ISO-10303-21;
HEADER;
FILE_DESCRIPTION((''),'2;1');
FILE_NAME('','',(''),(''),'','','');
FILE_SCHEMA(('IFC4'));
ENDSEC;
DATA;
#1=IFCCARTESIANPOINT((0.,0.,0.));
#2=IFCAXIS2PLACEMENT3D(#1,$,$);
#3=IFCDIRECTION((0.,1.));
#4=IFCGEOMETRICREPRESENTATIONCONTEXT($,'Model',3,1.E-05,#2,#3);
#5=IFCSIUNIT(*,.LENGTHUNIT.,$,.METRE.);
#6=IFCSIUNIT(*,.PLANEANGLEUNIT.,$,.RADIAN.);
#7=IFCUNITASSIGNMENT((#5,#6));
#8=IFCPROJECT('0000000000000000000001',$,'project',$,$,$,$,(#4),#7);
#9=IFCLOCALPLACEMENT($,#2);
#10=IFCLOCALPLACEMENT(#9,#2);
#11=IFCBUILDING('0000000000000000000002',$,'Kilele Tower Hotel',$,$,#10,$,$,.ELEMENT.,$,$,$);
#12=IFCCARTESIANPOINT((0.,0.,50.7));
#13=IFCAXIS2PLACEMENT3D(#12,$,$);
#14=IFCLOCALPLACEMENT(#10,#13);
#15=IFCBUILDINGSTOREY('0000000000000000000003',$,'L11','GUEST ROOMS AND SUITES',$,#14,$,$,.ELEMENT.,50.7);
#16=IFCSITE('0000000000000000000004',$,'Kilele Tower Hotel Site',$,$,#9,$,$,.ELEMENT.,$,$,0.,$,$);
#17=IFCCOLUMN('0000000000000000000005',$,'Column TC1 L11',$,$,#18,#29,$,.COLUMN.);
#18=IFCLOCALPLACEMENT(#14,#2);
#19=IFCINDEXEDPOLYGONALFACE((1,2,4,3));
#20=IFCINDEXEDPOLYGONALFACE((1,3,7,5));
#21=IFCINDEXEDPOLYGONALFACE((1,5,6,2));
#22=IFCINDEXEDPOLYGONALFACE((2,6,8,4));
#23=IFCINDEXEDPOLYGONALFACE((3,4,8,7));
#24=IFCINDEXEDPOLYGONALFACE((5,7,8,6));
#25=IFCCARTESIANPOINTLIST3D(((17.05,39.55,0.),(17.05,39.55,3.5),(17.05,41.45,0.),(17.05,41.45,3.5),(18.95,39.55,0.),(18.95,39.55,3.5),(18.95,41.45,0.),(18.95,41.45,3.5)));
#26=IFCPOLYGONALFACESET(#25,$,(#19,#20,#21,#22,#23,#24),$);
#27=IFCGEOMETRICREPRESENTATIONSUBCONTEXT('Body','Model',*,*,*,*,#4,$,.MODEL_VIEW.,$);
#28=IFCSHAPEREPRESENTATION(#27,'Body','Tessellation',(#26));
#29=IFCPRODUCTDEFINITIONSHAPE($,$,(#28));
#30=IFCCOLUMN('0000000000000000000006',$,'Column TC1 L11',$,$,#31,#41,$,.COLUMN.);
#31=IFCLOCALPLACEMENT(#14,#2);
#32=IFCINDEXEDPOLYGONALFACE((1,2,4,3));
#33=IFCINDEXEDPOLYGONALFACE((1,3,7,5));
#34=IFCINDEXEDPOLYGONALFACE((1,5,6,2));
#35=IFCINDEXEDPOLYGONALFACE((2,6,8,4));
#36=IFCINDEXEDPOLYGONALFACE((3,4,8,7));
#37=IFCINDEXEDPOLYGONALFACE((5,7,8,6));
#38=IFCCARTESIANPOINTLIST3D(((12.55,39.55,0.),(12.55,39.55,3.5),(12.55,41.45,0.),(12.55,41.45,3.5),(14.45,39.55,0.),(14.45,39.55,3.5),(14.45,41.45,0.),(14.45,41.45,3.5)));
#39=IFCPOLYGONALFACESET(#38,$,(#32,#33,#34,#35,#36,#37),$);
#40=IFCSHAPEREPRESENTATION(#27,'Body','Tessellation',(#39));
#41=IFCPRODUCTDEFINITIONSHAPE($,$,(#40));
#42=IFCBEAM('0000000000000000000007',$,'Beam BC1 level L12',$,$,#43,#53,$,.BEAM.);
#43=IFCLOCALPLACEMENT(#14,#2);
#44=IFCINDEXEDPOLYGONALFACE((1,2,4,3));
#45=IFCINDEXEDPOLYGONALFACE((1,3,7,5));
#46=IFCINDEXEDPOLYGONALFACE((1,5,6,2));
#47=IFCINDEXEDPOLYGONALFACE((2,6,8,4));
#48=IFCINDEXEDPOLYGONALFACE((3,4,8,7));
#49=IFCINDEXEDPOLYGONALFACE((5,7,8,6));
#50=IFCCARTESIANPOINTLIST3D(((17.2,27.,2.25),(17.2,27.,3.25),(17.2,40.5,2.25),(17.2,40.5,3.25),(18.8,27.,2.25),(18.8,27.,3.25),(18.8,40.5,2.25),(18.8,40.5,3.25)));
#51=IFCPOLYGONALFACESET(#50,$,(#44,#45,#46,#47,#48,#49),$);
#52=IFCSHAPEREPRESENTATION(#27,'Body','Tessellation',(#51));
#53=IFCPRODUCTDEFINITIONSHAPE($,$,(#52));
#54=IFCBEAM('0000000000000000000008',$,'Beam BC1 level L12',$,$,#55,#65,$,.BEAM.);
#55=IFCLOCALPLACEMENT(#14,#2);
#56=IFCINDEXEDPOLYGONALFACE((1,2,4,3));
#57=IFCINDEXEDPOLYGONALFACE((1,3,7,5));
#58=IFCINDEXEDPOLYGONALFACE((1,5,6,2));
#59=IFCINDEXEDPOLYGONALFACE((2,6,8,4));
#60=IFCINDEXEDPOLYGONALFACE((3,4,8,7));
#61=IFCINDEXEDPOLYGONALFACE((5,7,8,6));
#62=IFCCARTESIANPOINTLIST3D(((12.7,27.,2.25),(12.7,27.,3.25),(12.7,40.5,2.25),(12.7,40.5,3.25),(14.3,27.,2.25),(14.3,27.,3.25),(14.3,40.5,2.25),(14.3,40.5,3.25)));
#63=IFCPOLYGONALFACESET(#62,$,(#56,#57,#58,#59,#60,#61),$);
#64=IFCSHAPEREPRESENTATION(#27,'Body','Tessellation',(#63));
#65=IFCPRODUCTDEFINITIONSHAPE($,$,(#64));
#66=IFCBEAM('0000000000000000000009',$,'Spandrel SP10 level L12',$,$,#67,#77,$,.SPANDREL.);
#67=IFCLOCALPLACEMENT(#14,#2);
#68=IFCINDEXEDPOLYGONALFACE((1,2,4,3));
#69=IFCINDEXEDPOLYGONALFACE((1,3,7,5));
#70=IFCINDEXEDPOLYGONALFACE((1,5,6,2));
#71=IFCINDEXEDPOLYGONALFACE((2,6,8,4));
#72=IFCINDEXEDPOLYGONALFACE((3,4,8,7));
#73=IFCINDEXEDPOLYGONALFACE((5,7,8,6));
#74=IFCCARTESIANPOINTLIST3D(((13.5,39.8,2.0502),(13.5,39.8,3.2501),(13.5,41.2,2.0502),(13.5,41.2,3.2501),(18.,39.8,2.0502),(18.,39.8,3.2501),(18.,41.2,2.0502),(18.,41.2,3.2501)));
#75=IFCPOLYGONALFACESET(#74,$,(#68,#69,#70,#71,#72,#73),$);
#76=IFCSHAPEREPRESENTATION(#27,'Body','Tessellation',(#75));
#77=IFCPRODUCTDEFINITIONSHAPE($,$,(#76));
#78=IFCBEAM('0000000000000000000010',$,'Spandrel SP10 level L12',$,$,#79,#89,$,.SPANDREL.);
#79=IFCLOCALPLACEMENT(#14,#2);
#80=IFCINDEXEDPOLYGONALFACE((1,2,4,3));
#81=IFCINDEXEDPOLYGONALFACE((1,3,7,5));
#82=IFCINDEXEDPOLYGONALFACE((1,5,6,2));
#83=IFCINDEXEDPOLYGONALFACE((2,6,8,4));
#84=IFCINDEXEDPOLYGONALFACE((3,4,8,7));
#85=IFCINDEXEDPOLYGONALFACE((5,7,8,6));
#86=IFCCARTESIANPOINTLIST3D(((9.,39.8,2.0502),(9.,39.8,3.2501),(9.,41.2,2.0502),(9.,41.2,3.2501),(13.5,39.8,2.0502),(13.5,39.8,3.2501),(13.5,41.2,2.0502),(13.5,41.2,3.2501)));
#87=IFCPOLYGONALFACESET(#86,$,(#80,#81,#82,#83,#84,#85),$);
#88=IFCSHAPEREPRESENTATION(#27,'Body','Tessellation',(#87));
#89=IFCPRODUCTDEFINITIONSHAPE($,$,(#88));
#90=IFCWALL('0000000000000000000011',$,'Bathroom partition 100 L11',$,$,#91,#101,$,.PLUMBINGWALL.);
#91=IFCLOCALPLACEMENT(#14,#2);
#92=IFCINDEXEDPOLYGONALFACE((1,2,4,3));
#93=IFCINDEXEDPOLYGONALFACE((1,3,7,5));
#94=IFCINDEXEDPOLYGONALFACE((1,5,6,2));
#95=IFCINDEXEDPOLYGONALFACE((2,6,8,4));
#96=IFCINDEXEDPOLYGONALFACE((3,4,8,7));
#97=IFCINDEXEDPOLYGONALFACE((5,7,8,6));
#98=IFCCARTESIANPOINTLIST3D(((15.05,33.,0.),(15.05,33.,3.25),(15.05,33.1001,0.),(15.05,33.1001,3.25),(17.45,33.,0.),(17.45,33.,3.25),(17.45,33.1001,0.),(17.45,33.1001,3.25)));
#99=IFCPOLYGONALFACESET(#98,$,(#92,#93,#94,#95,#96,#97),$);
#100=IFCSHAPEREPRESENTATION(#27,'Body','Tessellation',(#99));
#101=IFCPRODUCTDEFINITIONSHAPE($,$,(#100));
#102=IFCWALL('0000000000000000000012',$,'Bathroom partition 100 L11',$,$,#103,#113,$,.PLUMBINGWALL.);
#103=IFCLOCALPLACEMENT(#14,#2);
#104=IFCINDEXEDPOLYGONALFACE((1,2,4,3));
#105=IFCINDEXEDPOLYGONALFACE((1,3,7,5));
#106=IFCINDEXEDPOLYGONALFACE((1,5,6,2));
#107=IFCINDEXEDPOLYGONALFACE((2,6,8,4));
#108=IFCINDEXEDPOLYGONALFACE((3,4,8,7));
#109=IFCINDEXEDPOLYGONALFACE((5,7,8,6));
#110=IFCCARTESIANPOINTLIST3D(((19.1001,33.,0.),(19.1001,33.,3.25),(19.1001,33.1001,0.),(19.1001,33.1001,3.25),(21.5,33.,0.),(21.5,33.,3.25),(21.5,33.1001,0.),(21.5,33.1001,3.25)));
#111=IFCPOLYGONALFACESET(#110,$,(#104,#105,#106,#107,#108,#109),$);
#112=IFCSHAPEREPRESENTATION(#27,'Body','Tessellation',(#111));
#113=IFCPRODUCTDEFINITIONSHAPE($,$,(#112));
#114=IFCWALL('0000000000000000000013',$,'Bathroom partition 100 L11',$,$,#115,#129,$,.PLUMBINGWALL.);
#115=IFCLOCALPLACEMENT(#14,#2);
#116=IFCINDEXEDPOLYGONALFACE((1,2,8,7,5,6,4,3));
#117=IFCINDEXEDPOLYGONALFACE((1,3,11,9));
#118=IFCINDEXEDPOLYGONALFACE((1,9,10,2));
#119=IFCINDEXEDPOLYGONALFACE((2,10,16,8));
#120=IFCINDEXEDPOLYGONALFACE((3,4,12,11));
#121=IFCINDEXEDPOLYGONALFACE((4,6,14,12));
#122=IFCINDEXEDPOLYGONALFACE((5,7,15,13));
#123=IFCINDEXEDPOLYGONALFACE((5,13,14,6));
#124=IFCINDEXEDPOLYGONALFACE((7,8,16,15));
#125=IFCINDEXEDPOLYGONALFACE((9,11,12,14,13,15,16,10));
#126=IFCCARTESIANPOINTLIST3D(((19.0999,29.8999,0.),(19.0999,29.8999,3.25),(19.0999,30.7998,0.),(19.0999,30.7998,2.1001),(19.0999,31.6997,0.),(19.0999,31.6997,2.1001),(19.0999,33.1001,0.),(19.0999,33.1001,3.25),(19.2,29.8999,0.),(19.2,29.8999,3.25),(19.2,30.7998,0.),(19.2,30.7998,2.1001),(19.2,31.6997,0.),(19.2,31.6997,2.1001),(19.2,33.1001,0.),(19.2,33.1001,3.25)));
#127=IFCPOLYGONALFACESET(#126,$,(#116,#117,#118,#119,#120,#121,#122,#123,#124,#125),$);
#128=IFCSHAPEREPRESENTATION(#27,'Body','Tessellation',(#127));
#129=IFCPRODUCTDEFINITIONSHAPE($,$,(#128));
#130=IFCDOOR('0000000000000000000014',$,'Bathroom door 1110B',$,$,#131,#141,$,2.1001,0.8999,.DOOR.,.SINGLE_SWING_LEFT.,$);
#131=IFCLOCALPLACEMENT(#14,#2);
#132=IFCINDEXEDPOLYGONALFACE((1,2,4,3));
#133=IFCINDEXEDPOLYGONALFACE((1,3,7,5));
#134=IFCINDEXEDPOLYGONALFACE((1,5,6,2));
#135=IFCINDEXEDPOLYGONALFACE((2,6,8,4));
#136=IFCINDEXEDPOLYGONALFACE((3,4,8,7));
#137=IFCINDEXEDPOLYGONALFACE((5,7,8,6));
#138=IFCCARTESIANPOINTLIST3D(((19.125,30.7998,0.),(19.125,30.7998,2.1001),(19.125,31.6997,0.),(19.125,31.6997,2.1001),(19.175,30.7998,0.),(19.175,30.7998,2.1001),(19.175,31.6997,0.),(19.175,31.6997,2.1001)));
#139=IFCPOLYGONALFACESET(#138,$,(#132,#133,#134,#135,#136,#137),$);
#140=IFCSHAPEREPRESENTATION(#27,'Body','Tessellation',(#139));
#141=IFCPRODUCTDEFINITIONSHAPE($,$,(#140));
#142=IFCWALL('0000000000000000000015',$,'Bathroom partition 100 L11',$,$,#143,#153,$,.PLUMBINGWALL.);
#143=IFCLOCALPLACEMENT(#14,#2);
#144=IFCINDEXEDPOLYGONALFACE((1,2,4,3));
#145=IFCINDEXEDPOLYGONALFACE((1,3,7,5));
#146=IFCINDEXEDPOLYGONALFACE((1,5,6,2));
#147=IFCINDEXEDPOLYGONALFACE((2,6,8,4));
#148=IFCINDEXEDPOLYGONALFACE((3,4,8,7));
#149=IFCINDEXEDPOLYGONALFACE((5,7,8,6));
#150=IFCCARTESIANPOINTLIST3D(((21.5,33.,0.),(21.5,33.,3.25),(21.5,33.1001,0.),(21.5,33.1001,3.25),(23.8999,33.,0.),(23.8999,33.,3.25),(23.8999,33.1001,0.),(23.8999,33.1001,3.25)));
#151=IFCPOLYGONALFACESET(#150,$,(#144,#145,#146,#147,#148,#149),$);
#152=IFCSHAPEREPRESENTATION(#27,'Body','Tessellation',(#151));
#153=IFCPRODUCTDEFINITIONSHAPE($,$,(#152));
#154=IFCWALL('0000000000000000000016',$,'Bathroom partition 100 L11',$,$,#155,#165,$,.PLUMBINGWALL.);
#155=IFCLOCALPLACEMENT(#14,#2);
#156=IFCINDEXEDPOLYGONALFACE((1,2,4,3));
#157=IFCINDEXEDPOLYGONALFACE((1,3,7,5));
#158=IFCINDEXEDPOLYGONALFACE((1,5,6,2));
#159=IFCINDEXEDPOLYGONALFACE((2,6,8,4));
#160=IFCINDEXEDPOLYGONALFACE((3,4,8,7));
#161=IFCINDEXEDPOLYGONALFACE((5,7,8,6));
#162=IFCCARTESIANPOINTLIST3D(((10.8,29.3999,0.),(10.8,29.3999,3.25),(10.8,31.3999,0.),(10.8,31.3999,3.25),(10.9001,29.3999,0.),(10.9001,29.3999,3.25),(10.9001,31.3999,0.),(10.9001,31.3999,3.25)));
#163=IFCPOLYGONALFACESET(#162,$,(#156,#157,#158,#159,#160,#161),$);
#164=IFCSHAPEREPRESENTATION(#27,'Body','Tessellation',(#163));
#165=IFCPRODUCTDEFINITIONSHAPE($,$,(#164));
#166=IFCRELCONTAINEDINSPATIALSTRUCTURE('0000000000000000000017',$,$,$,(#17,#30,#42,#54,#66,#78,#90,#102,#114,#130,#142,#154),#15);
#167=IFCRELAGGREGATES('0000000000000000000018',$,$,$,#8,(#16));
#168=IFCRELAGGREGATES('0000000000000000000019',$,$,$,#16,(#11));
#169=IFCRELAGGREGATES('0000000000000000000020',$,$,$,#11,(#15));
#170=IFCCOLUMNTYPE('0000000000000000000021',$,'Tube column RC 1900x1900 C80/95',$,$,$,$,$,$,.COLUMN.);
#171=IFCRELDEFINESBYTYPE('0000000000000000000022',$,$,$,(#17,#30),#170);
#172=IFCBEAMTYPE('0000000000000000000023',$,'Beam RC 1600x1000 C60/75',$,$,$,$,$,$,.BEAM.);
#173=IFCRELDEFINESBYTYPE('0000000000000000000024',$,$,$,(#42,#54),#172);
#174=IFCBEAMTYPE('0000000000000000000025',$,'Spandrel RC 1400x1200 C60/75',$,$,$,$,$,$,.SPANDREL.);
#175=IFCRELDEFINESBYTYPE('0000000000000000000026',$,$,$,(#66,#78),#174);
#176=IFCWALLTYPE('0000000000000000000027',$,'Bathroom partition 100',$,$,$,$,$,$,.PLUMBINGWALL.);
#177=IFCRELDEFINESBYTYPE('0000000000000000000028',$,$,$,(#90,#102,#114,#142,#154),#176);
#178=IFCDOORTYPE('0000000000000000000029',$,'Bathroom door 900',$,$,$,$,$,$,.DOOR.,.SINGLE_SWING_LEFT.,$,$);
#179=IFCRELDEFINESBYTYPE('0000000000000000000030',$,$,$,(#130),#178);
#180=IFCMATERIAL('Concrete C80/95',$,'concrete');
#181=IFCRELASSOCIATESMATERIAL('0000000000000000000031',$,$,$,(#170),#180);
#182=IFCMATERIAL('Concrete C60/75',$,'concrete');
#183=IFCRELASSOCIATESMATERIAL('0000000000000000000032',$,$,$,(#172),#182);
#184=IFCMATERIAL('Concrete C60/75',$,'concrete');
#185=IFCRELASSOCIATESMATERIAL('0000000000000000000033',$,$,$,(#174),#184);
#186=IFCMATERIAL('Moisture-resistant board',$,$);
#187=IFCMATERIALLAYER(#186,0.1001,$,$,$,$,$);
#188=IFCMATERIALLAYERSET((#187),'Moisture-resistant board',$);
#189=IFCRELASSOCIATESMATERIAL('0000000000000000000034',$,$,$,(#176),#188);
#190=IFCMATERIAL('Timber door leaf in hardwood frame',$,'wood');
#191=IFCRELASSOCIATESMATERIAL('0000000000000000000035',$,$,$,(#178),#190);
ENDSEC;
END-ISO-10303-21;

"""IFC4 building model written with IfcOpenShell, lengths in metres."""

from ifc_helpers import new_model, si_unit, direction, frame, frame_2d, origin, origin_2d, place, context, subcontext, project, spatial, rectangle, extrude, material, layer, layer_set, material_profile, profile_set, type_object, element, fill, save


model = new_model("IFC4")

# Units and contexts
model_context = context("Model", 3, precision=1e-05, world=origin(), true_north=direction((0.0, 1.0)))
body_context = subcontext(model_context, "Body", "Model", "MODEL_VIEW")
ifc_project = project(units=[si_unit("LENGTHUNIT", "METRE"), si_unit("PLANEANGLEUNIT", "RADIAN")], contexts=[model_context])

# Site, building, storey
site_placement = place(None, origin())
site = spatial("IfcSite", under=ifc_project, at=site_placement, Name="Kilele Tower Hotel Site", CompositionType="ELEMENT", RefElevation=0.0)
building_placement = place(site_placement, origin())
building = spatial("IfcBuilding", under=site, at=building_placement, Name="Kilele Tower Hotel", CompositionType="ELEMENT")
storey_placement = place(building_placement, frame((0.0, 0.0, 50.7)))
storey = spatial("IfcBuildingStorey", under=building, at=storey_placement, Name="L11", Description="GUEST ROOMS AND SUITES", CompositionType="ELEMENT", Elevation=50.7)

# Columns
ifc_material_1 = material(Name="Concrete C80/95", Category="concrete")
ifc_material_profile_1 = material_profile(ifc_material_1, rectangle(XDim=1.8999, YDim=1.8999, at=origin_2d()))
ifc_profile_set_1 = profile_set([ifc_material_profile_1], Name="Concrete C80/95")
column_type = type_object("IfcColumnType", Name="Tube column RC 1900x1900 C80/95", PredefinedType="COLUMN", material=ifc_profile_set_1)
for number, where, z_axis, x_axis, name in (
    (1, (18.0, 40.5, 0.0), (0.0, 0.0, 1.0), (1.0, 0.0, 0.0), "Column TC1 L11"),
    (2, (13.5, 40.5, 0.0), (0.0, 0.0, 1.0), (1.0, 0.0, 0.0), "Column TC1 L11"),
):
    element("IfcColumn", number, at=place(storey_placement, frame(where, z_axis=z_axis, x_axis=x_axis)), inside=storey, type_object=column_type, Name=name, PredefinedType="COLUMN", context=body_context, shape_type="SweptSolid", body=[
        extrude(rectangle(XDim=1.8999, YDim=1.8999, at=origin_2d()), origin(), (0.0, 0.0, 1.0), 3.5),
    ])

# Beams
ifc_material_2 = material(Name="Concrete C60/75", Category="concrete")
ifc_material_profile_2 = material_profile(ifc_material_2, rectangle(XDim=1.6001, YDim=1.0, at=origin_2d()))
ifc_profile_set_2 = profile_set([ifc_material_profile_2], Name="Concrete C60/75")
beam_type_1 = type_object("IfcBeamType", Name="Beam RC 1600x1000 C60/75", PredefinedType="BEAM", material=ifc_profile_set_2)
for number, where, z_axis, x_axis, name in (
    (3, (18.0, 40.5, 2.75), (0.0, -1.0, 0.0), (1.0, 0.0, 0.0), "Beam BC1 level L12"),
    (4, (13.5, 40.5, 2.75), (0.0, -1.0, 0.0), (1.0, 0.0, 0.0), "Beam BC1 level L12"),
):
    element("IfcBeam", number, at=place(storey_placement, frame(where, z_axis=z_axis, x_axis=x_axis)), inside=storey, type_object=beam_type_1, Name=name, PredefinedType="BEAM", context=body_context, shape_type="SweptSolid", body=[
        extrude(rectangle(XDim=1.6001, YDim=1.0, at=origin_2d()), origin(), (0.0, 0.0, 1.0), 13.5),
    ])
ifc_material_3 = material(Name="Concrete C60/75", Category="concrete")
ifc_material_profile_3 = material_profile(ifc_material_3, rectangle(XDim=1.3999, YDim=1.2, at=origin_2d()))
ifc_profile_set_3 = profile_set([ifc_material_profile_3], Name="Concrete C60/75")
beam_type_2 = type_object("IfcBeamType", Name="Spandrel RC 1400x1200 C60/75", PredefinedType="SPANDREL", material=ifc_profile_set_3)
for number, where, z_axis, x_axis, name in (
    (5, (18.0, 40.5, 2.6501), (-1.0, 0.0, 0.0), (0.0, -1.0, 0.0), "Spandrel SP10 level L12"),
    (6, (13.5, 40.5, 2.6501), (-1.0, 0.0, 0.0), (0.0, -1.0, 0.0), "Spandrel SP10 level L12"),
):
    element("IfcBeam", number, at=place(storey_placement, frame(where, z_axis=z_axis, x_axis=x_axis)), inside=storey, type_object=beam_type_2, Name=name, PredefinedType="SPANDREL", context=body_context, shape_type="SweptSolid", body=[
        extrude(rectangle(XDim=1.3999, YDim=1.2, at=origin_2d()), origin(), (0.0, 0.0, 1.0), 4.5),
    ])

# Walls
ifc_material_4 = material(Name="Moisture-resistant board")
ifc_layer_1 = layer(ifc_material_4, 0.1001)
ifc_layer_set_1 = layer_set([ifc_layer_1], Name="Moisture-resistant board")
wall_type_1 = type_object("IfcWallType", Name="Bathroom partition 100", PredefinedType="PLUMBINGWALL", material=ifc_layer_set_1)
for number, where, z_axis, x_axis, name in (
    (7, (15.05, 33.05, 0.0), (0.0, 0.0, 1.0), (1.0, 0.0, 0.0), "Bathroom partition 100 L11"),
    (8, (19.1001, 33.05, 0.0), (0.0, 0.0, 1.0), (1.0, 0.0, 0.0), "Bathroom partition 100 L11"),
):
    element("IfcWall", number, at=place(storey_placement, frame(where, z_axis=z_axis, x_axis=x_axis)), inside=storey, type_object=wall_type_1, Name=name, PredefinedType="PLUMBINGWALL", context=body_context, shape_type="SweptSolid", body=[
        extrude(rectangle(XDim=2.3999, YDim=0.1001, at=frame_2d((1.2, 0.0))), origin(), (0.0, 0.0, 1.0), 3.25),
    ])

# Wall, opening, door
wall_1_placement = place(storey_placement, frame((19.1499, 29.8999, 0.0), z_axis=(0.0, 0.0, 1.0), x_axis=(0.0, 1.0, 0.0)))
wall_1 = element("IfcWall", 9, at=wall_1_placement, inside=storey, type_object=wall_type_1, Name="Bathroom partition 100 L11", PredefinedType="PLUMBINGWALL", context=body_context, shape_type="SweptSolid", body=[
    extrude(rectangle(XDim=3.2002, YDim=0.1001, at=frame_2d((1.6001, 0.0))), origin(), (0.0, 0.0, 1.0), 3.25),
])
opening_1_placement = place(wall_1_placement, frame((0.8999, 0.0, 0.0)))
opening_1 = element("IfcOpeningElement", 10, at=opening_1_placement, cuts=wall_1, PredefinedType="OPENING", context=body_context, shape_type="SweptSolid", body=[
    extrude(rectangle(XDim=0.8999, YDim=2.1001, at=frame_2d((0.45, 1.05))), frame((0.0, 0.0601, 0.0), z_axis=(0.0, -1.0, 0.0), x_axis=(1.0, 0.0, 0.0)), (0.0, 0.0, 1.0), 0.1201),
])
ifc_material_5 = material(Name="Timber door leaf in hardwood frame", Category="wood")
door_type_1 = type_object("IfcDoorType", Name="Bathroom door 900", OperationType="SINGLE_SWING_LEFT", PredefinedType="DOOR", material=ifc_material_5)
door_1_placement = place(opening_1_placement, origin())
door_1 = element("IfcDoor", 11, at=door_1_placement, inside=storey, type_object=door_type_1, Name="Bathroom door 1110B", OperationType="SINGLE_SWING_LEFT", OverallHeight=2.1001, OverallWidth=0.8999, PredefinedType="DOOR", context=body_context, shape_type="SweptSolid", body=[
    extrude(rectangle(XDim=0.8999, YDim=2.1001, at=frame_2d((0.45, 1.05))), frame((0.0, 0.0249, 0.0), z_axis=(0.0, -1.0, 0.0), x_axis=(1.0, 0.0, 0.0)), (0.0, 0.0, 1.0), 0.05),
])
fill(opening_1, door_1)

# Walls
wall_2_placement = place(storey_placement, frame((21.5, 33.05, 0.0), z_axis=(0.0, 0.0, 1.0), x_axis=(1.0, 0.0, 0.0)))
element("IfcWall", 12, at=wall_2_placement, inside=storey, type_object=wall_type_1, Name="Bathroom partition 100 L11", PredefinedType="PLUMBINGWALL", context=body_context, shape_type="SweptSolid", body=[
    extrude(rectangle(XDim=2.3999, YDim=0.1001, at=frame_2d((1.2, 0.0))), origin(), (0.0, 0.0, 1.0), 3.25),
])
wall_3_placement = place(storey_placement, frame((10.8501, 31.3999, 0.0), z_axis=(0.0, 0.0, 1.0), x_axis=(0.0, -1.0, 0.0)))
element("IfcWall", 13, at=wall_3_placement, inside=storey, type_object=wall_type_1, Name="Bathroom partition 100 L11", PredefinedType="PLUMBINGWALL", context=body_context, shape_type="SweptSolid", body=[
    extrude(rectangle(XDim=2.0, YDim=0.1001, at=frame_2d((1.0, 0.0))), origin(), (0.0, 0.0, 1.0), 3.25),
])

save(model, "model.ifc")
